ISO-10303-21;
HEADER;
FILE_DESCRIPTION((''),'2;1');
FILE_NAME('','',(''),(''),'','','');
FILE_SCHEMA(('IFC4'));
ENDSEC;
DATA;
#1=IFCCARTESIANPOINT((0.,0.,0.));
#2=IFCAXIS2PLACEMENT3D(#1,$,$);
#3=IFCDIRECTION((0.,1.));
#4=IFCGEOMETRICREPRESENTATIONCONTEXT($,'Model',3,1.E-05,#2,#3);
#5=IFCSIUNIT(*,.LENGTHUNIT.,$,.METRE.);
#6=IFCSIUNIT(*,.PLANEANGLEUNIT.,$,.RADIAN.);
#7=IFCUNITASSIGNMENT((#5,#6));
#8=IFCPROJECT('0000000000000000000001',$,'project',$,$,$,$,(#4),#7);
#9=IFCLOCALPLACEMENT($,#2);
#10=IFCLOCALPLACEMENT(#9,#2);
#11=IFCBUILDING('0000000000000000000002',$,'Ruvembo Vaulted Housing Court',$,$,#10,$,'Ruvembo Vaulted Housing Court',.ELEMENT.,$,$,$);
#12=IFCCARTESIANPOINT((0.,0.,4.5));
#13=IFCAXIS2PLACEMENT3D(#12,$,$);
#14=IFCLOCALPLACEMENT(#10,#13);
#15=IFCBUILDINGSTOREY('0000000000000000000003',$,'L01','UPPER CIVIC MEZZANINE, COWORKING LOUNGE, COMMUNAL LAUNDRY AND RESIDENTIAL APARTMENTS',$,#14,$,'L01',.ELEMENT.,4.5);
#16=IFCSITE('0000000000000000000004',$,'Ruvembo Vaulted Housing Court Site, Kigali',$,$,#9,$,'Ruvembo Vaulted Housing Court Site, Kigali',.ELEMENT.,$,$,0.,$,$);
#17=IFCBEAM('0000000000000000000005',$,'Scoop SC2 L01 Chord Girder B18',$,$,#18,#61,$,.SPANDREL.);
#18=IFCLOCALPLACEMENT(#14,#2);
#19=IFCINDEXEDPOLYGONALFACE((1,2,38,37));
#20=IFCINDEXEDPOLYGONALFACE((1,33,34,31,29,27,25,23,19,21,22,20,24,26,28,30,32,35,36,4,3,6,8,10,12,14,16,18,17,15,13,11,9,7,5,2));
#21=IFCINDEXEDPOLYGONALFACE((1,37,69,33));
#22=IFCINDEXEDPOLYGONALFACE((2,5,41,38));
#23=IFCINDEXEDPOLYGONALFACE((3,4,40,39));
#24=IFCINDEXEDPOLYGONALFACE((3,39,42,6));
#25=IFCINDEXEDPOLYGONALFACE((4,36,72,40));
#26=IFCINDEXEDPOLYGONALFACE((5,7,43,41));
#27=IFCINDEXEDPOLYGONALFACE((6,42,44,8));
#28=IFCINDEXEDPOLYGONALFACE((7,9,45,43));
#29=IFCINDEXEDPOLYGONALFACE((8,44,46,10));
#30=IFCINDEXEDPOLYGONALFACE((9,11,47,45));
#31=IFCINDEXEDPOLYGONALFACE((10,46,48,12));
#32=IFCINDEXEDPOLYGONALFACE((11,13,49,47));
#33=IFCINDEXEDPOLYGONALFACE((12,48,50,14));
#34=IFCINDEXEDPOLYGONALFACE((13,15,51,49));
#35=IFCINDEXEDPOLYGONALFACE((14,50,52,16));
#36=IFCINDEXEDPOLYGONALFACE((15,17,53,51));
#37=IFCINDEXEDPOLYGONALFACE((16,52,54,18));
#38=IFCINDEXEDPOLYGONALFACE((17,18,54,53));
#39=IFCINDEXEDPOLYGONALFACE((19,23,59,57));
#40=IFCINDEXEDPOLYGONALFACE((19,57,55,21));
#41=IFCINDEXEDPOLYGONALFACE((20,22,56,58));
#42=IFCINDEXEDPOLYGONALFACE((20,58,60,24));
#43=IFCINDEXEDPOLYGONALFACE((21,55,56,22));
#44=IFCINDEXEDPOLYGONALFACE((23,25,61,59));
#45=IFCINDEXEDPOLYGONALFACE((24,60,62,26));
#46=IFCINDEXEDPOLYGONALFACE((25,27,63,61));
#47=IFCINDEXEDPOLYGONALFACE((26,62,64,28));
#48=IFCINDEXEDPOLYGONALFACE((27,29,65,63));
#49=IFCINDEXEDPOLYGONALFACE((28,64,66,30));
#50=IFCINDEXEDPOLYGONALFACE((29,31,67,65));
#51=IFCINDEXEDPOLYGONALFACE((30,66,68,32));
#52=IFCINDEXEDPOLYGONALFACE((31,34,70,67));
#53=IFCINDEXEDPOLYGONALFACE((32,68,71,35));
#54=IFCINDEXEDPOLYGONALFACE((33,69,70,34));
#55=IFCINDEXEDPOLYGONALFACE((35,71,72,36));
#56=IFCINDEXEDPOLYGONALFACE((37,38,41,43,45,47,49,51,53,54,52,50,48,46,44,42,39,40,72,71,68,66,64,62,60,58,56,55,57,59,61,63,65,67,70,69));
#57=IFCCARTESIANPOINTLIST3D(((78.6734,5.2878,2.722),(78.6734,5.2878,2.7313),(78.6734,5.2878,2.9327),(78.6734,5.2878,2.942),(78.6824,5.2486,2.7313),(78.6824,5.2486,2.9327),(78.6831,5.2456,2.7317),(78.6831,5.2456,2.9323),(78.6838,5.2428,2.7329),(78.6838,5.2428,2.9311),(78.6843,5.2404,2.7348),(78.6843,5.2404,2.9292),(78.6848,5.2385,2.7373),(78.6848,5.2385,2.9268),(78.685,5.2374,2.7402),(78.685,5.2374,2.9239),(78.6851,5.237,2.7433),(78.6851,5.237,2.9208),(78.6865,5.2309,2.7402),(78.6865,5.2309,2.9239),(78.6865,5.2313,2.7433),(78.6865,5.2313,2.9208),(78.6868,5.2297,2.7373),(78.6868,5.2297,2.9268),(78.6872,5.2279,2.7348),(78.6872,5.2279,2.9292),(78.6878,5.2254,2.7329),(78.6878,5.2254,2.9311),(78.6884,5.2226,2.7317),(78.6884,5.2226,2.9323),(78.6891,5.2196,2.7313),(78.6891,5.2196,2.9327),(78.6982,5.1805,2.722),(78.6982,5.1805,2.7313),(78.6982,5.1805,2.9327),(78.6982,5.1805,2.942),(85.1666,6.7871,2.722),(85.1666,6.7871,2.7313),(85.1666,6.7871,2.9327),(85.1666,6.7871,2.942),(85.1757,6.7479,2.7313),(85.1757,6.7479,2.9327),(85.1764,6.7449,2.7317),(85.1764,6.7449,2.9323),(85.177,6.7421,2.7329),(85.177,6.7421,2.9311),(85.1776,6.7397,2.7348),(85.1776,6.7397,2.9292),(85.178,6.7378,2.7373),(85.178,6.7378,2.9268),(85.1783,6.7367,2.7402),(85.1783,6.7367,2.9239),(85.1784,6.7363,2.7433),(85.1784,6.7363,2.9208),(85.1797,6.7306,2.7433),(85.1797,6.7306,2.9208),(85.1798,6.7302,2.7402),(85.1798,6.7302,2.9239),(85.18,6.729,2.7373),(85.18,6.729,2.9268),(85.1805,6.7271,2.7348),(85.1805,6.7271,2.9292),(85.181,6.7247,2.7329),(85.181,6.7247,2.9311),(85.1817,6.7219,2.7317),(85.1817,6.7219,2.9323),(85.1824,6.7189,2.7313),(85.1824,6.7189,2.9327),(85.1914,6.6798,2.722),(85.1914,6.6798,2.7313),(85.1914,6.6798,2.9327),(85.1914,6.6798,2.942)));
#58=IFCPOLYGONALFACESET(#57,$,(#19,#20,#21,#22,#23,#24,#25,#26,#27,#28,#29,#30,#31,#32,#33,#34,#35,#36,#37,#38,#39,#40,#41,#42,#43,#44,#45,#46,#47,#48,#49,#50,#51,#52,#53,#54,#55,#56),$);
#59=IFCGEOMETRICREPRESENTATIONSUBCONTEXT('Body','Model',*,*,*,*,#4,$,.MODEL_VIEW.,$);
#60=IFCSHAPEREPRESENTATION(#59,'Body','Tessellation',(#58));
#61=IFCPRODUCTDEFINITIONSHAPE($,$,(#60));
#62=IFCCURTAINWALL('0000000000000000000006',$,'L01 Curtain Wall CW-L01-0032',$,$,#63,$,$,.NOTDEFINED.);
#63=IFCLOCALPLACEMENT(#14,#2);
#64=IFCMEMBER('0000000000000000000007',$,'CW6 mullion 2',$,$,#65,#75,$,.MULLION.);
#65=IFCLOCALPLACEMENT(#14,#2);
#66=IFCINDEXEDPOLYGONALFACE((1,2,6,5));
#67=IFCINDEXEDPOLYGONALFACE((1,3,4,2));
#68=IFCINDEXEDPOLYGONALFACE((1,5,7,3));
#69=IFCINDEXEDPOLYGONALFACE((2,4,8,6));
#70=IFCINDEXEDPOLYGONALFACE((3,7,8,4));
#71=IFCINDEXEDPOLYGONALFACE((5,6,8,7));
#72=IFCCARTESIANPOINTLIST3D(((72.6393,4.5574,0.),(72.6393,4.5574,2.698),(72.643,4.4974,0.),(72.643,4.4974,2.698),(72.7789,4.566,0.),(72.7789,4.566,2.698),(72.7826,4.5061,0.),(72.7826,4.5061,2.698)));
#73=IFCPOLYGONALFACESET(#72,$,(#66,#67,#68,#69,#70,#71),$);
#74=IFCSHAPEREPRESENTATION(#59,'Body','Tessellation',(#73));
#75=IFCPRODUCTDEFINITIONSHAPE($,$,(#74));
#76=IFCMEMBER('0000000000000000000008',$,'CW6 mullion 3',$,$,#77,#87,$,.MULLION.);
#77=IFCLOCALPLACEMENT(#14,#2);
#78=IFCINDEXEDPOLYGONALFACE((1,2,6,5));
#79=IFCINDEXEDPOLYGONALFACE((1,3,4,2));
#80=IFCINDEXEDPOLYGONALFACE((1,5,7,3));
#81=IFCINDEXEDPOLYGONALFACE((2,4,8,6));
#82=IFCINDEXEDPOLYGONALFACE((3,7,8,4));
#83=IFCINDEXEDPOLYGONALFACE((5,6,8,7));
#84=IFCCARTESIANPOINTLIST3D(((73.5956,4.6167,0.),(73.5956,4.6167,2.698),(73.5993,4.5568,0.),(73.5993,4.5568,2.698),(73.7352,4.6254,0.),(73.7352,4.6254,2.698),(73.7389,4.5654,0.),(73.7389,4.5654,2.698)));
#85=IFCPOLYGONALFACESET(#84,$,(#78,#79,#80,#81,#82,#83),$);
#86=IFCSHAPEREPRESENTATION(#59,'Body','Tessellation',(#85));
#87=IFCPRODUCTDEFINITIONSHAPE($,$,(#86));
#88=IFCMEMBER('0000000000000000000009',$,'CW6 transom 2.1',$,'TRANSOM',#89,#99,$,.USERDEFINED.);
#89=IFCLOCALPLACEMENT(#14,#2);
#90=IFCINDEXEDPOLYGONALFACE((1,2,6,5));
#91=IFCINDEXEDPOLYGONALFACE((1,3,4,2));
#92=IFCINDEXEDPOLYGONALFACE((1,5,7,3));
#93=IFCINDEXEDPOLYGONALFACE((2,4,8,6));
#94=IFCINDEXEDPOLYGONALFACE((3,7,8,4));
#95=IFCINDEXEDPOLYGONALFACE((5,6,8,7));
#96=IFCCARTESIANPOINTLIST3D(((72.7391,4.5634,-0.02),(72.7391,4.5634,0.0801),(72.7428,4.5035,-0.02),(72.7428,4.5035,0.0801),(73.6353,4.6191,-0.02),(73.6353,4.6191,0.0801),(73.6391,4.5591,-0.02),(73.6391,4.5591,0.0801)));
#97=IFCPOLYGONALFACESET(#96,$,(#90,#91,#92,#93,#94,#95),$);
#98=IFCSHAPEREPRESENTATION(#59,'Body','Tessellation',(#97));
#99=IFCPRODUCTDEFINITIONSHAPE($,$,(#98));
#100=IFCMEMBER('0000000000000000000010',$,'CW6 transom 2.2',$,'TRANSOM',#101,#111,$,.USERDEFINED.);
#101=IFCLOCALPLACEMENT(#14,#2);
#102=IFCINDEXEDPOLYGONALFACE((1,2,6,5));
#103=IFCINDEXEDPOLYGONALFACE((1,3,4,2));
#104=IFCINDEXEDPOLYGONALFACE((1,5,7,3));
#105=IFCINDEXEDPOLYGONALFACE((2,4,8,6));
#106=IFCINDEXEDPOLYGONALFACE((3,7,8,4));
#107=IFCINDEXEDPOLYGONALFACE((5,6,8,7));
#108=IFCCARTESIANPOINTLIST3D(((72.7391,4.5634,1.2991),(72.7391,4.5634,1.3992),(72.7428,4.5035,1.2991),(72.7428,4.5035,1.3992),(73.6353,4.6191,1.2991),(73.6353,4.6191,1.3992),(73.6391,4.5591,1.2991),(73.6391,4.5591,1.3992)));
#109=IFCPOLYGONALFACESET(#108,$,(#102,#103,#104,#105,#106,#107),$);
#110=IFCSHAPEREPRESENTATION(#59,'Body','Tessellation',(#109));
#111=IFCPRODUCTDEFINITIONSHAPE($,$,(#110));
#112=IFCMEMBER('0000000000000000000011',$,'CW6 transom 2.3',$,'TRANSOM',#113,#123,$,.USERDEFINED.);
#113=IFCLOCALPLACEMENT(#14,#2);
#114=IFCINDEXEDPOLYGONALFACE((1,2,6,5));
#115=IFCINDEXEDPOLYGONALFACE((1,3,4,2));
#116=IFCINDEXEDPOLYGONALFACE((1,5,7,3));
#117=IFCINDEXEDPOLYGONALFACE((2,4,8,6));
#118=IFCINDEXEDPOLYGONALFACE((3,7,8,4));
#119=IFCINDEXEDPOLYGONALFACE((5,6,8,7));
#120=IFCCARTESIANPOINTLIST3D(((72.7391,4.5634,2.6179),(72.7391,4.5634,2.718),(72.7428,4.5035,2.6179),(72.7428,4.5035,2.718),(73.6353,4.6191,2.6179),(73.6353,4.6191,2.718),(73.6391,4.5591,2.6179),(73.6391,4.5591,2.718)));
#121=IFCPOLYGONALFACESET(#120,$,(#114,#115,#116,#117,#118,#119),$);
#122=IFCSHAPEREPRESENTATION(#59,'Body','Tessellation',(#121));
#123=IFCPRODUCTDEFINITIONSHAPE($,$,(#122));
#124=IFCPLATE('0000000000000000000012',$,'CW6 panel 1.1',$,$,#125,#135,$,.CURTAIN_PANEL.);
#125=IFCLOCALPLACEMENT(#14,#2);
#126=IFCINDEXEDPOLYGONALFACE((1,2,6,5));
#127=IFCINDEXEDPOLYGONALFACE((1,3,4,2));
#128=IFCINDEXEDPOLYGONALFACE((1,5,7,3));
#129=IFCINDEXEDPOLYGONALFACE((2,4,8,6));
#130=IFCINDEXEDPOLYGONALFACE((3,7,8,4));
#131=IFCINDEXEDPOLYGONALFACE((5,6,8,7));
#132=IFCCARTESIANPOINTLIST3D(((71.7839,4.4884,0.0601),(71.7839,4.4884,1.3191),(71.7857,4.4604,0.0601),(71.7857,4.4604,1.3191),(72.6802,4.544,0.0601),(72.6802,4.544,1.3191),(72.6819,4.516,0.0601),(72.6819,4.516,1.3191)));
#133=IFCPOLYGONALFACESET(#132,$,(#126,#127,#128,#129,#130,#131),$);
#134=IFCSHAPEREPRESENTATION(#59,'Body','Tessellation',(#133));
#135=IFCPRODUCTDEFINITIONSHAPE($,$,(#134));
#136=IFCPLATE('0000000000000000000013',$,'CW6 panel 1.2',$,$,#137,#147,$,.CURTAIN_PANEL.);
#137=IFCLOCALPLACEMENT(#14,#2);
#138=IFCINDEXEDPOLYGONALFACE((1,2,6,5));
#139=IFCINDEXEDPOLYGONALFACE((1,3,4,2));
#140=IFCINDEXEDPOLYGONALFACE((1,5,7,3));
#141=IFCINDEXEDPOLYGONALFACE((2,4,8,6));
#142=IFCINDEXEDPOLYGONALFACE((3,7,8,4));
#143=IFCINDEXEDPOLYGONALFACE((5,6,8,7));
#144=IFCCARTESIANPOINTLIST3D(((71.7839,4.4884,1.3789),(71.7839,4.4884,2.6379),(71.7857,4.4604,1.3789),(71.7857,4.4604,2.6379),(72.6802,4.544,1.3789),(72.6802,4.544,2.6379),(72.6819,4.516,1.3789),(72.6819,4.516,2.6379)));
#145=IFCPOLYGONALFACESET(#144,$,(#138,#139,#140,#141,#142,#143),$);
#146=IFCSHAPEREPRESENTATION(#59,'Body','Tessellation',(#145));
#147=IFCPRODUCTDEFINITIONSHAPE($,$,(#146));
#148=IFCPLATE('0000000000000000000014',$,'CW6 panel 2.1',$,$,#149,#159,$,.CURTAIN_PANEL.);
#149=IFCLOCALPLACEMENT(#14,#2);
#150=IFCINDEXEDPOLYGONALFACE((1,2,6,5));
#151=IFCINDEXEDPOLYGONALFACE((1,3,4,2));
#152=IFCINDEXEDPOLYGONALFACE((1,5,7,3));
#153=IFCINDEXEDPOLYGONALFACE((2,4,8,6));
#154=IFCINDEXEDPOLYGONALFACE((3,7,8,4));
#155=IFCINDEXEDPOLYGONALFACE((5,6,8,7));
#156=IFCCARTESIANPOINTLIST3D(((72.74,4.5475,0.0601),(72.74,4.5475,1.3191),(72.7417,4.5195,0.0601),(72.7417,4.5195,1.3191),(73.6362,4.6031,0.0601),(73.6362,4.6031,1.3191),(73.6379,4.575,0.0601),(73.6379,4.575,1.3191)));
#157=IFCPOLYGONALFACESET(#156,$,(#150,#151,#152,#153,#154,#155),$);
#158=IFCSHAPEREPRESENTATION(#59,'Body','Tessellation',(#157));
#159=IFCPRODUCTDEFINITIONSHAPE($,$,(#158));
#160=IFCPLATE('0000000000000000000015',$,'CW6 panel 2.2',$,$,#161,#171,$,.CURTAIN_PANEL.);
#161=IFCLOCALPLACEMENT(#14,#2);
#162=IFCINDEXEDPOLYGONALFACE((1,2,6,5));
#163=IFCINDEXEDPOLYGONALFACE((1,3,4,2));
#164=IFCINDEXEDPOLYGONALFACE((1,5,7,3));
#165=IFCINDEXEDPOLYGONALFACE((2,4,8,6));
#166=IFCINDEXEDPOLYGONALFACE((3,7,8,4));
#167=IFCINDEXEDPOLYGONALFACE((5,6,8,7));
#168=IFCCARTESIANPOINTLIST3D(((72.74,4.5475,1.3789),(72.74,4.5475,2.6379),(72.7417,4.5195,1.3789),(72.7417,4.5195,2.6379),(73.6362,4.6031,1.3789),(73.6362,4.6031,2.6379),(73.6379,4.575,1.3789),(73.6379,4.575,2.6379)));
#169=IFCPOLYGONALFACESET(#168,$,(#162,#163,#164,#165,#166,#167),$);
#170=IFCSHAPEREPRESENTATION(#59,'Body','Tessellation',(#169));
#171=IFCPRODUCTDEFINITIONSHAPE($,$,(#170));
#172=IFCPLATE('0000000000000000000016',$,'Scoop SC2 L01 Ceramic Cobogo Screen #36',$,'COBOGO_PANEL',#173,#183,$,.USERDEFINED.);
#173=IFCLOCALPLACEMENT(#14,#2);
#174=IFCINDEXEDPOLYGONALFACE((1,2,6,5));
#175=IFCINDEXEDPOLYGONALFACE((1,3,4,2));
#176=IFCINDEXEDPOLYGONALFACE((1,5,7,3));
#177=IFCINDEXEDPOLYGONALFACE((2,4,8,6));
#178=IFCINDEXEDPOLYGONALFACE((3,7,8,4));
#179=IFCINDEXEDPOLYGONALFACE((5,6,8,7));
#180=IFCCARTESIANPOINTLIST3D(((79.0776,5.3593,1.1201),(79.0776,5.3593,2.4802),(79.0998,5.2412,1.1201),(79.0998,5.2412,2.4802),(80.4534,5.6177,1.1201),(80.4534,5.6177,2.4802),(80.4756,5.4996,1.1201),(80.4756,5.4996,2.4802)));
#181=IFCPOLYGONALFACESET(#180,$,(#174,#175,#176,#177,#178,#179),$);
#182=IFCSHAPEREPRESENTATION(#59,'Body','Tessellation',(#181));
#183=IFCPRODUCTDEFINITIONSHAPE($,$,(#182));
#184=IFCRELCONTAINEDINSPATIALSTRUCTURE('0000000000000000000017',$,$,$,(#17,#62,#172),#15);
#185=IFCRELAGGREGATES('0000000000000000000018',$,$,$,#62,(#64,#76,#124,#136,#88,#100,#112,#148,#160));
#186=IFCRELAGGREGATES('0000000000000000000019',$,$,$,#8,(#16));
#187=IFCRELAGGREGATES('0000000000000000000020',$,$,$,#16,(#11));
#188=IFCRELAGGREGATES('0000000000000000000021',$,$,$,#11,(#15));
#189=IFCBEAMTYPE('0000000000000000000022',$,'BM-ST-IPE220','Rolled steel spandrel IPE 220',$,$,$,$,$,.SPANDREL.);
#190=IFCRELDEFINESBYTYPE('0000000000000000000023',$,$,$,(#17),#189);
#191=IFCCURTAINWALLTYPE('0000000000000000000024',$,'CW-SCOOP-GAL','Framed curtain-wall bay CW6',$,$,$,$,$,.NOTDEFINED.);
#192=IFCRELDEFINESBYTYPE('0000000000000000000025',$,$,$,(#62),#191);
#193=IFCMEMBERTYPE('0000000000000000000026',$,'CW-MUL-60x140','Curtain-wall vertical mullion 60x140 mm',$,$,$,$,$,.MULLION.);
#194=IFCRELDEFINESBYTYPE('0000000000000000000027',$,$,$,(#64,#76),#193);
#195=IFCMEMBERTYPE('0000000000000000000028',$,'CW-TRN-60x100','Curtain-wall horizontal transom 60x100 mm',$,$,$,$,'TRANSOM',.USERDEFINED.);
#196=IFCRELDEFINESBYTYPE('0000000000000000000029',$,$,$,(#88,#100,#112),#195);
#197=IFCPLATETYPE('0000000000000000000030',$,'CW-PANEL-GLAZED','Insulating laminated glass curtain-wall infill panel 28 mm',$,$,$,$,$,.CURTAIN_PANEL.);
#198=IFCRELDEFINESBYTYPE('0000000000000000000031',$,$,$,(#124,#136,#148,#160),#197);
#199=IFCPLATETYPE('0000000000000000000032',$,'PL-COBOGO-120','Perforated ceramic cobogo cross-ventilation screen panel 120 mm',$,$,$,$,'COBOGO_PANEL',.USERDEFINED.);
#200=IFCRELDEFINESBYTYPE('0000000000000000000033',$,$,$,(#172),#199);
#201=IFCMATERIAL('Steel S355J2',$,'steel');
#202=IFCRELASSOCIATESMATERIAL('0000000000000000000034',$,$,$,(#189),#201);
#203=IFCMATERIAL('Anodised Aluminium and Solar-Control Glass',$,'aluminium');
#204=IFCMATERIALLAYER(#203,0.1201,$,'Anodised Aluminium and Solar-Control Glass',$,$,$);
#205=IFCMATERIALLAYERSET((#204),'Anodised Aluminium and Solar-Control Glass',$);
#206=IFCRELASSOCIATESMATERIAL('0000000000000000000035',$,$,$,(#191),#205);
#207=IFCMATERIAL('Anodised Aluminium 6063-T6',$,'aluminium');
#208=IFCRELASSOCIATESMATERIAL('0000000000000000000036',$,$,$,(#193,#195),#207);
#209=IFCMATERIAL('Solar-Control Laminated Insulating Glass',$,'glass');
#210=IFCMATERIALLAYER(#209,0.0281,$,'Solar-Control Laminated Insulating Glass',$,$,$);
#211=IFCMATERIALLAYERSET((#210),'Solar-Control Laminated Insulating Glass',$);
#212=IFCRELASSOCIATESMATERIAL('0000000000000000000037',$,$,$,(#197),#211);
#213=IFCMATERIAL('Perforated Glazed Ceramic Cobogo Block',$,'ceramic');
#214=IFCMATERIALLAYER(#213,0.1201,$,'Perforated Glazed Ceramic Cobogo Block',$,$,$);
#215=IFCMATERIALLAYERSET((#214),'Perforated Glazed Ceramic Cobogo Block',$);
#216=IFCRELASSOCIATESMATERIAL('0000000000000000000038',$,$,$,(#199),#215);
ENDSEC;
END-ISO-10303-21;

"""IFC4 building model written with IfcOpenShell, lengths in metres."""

from ifc_helpers import new_model, si_unit, direction, frame, origin, origin_2d, place, context, subcontext, project, spatial, rectangle, i_section, extrude, material, layer, layer_set, material_profile, profile_set, type_object, element, aggregate, save


model = new_model("IFC4")

# Units and contexts
model_context = context("Model", 3, precision=1e-05, world=origin(), true_north=direction((0.0, 1.0)))
body_context = subcontext(model_context, "Body", "Model", "MODEL_VIEW")
ifc_project = project(units=[si_unit("LENGTHUNIT", "METRE"), si_unit("PLANEANGLEUNIT", "RADIAN")], contexts=[model_context])

# Site, building, storey
site_placement = place(None, origin())
site = spatial("IfcSite", under=ifc_project, at=site_placement, Name="Ruvembo Vaulted Housing Court Site, Kigali", LongName="Ruvembo Vaulted Housing Court Site, Kigali", CompositionType="ELEMENT", RefElevation=0.0)
building_placement = place(site_placement, origin())
building = spatial("IfcBuilding", under=site, at=building_placement, Name="Ruvembo Vaulted Housing Court", LongName="Ruvembo Vaulted Housing Court", CompositionType="ELEMENT")
storey_placement = place(building_placement, frame((0.0, 0.0, 4.5)))
storey = spatial("IfcBuildingStorey", under=building, at=storey_placement, Name="L01", Description="UPPER CIVIC MEZZANINE, COWORKING LOUNGE, COMMUNAL LAUNDRY AND RESIDENTIAL APARTMENTS", LongName="L01", CompositionType="ELEMENT", Elevation=4.5)

# Beam
ifc_material_1 = material(Name="Steel S355J2", Category="steel")
ifc_material_profile_1 = material_profile(ifc_material_1, i_section(OverallWidth=0.1101, OverallDepth=0.22, WebThickness=0.0059, FlangeThickness=0.0093, FilletRadius=0.012, at=origin_2d()), Name="IPE 220")
ifc_profile_set_1 = profile_set([ifc_material_profile_1], Name="Steel S355J2")
beam_type_1 = type_object("IfcBeamType", Name="BM-ST-IPE220", Description="Rolled steel spandrel IPE 220", PredefinedType="SPANDREL", material=ifc_profile_set_1)
beam_1_placement = place(storey_placement, frame((78.6858, 5.2341, 2.832), z_axis=(0.974363, 0.22498, 0.0), x_axis=(-0.22498, 0.974363, 0.0)))
element("IfcBeam", 1, at=beam_1_placement, inside=storey, type_object=beam_type_1, Name="Scoop SC2 L01 Chord Girder B18", PredefinedType="SPANDREL", context=body_context, shape_type="SweptSolid", body=[
    extrude(i_section(OverallWidth=0.1101, OverallDepth=0.22, WebThickness=0.0059, FlangeThickness=0.0093, FilletRadius=0.012, at=origin_2d()), origin(), (0.0, 0.0, 1.0), 6.6641),
])

# Curtain wall, members, plates
ifc_material_2 = material(Name="Anodised Aluminium and Solar-Control Glass", Category="aluminium")
ifc_layer_1 = layer(ifc_material_2, 0.1201, Name="Anodised Aluminium and Solar-Control Glass")
ifc_layer_set_1 = layer_set([ifc_layer_1], Name="Anodised Aluminium and Solar-Control Glass")
curtain_wall_type = type_object("IfcCurtainWallType", Name="CW-SCOOP-GAL", Description="Framed curtain-wall bay CW6", PredefinedType="NOTDEFINED", material=ifc_layer_set_1)
curtain_wall_placement = place(storey_placement, origin())
curtain_wall = element("IfcCurtainWall", 2, at=curtain_wall_placement, inside=storey, type_object=curtain_wall_type, Name="L01 Curtain Wall CW-L01-0032", PredefinedType="NOTDEFINED")
ifc_material_3 = material(Name="Anodised Aluminium 6063-T6", Category="aluminium")
ifc_material_profile_2 = material_profile(ifc_material_3, rectangle(XDim=0.0601, YDim=0.1399, at=origin_2d()), Name="ALU 60x140")
ifc_profile_set_2 = profile_set([ifc_material_profile_2], Name="Anodised Aluminium 6063-T6")
member_type_1 = type_object("IfcMemberType", Name="CW-MUL-60x140", Description="Curtain-wall vertical mullion 60x140 mm", PredefinedType="MULLION", material=ifc_profile_set_2)
member_1_placement = place(storey_placement, frame((72.7109, 4.5317, 0.0), z_axis=(0.0, 0.0, 1.0), x_axis=(-0.06184, 0.998086, 0.0)))
member_1 = element("IfcMember", 3, at=member_1_placement, type_object=member_type_1, Name="CW6 mullion 2", PredefinedType="MULLION", context=body_context, shape_type="SweptSolid", body=[
    extrude(rectangle(XDim=0.0601, YDim=0.1399, at=origin_2d()), origin(), (0.0, 0.0, 1.0), 2.698),
])
member_2_placement = place(storey_placement, frame((73.6672, 4.5911, 0.0), z_axis=(0.0, 0.0, 1.0), x_axis=(-0.06184, 0.998086, 0.0)))
member_2 = element("IfcMember", 4, at=member_2_placement, type_object=member_type_1, Name="CW6 mullion 3", PredefinedType="MULLION", context=body_context, shape_type="SweptSolid", body=[
    extrude(rectangle(XDim=0.0601, YDim=0.1399, at=origin_2d()), origin(), (0.0, 0.0, 1.0), 2.698),
])
ifc_material_profile_3 = material_profile(ifc_material_3, rectangle(XDim=0.0601, YDim=0.1001, at=origin_2d()), Name="ALU 60x100")
ifc_profile_set_3 = profile_set([ifc_material_profile_3], Name="Anodised Aluminium 6063-T6")
member_type_2 = type_object("IfcMemberType", Name="CW-TRN-60x100", Description="Curtain-wall horizontal transom 60x100 mm", ElementType="TRANSOM", PredefinedType="USERDEFINED", material=ifc_profile_set_3)
member_3_placement = place(storey_placement, frame((72.741, 4.5334, 0.03), z_axis=(0.998077, 0.061989, 0.0), x_axis=(-0.061989, 0.998077, 0.0)))
member_3 = element("IfcMember", 5, at=member_3_placement, type_object=member_type_2, Name="CW6 transom 2.1", ObjectType="TRANSOM", PredefinedType="USERDEFINED", context=body_context, shape_type="SweptSolid", body=[
    extrude(rectangle(XDim=0.0601, YDim=0.1001, at=origin_2d()), origin(), (0.0, 0.0, 1.0), 0.8979),
])
member_4_placement = place(storey_placement, frame((72.741, 4.5334, 1.3491), z_axis=(0.998077, 0.061989, 0.0), x_axis=(-0.061989, 0.998077, 0.0)))
member_4 = element("IfcMember", 6, at=member_4_placement, type_object=member_type_2, Name="CW6 transom 2.2", ObjectType="TRANSOM", PredefinedType="USERDEFINED", context=body_context, shape_type="SweptSolid", body=[
    extrude(rectangle(XDim=0.0601, YDim=0.1001, at=origin_2d()), origin(), (0.0, 0.0, 1.0), 0.8979),
])
member_5_placement = place(storey_placement, frame((72.741, 4.5334, 2.668), z_axis=(0.998077, 0.061989, 0.0), x_axis=(-0.061989, 0.998077, 0.0)))
member_5 = element("IfcMember", 7, at=member_5_placement, type_object=member_type_2, Name="CW6 transom 2.3", ObjectType="TRANSOM", PredefinedType="USERDEFINED", context=body_context, shape_type="SweptSolid", body=[
    extrude(rectangle(XDim=0.0601, YDim=0.1001, at=origin_2d()), origin(), (0.0, 0.0, 1.0), 0.8979),
])
ifc_material_4 = material(Name="Solar-Control Laminated Insulating Glass", Category="glass")
ifc_layer_2 = layer(ifc_material_4, 0.0281, Name="Solar-Control Laminated Insulating Glass")
ifc_layer_set_2 = layer_set([ifc_layer_2], Name="Solar-Control Laminated Insulating Glass")
plate_type_1 = type_object("IfcPlateType", Name="CW-PANEL-GLAZED", Description="Insulating laminated glass curtain-wall infill panel 28 mm", PredefinedType="CURTAIN_PANEL", material=ifc_layer_set_2)
plate_1_placement = place(storey_placement, frame((72.2329, 4.5022, 0.0601), z_axis=(0.0, 0.0, 1.0), x_axis=(0.998086, 0.06184, 0.0)))
plate_1 = element("IfcPlate", 8, at=plate_1_placement, type_object=plate_type_1, Name="CW6 panel 1.1", PredefinedType="CURTAIN_PANEL", context=body_context, shape_type="SweptSolid", body=[
    extrude(rectangle(XDim=0.8979, YDim=0.0281, at=origin_2d()), origin(), (0.0, 0.0, 1.0), 1.259),
])
plate_2_placement = place(storey_placement, frame((72.2329, 4.5022, 1.3789), z_axis=(0.0, 0.0, 1.0), x_axis=(0.998086, 0.06184, 0.0)))
plate_2 = element("IfcPlate", 9, at=plate_2_placement, type_object=plate_type_1, Name="CW6 panel 1.2", PredefinedType="CURTAIN_PANEL", context=body_context, shape_type="SweptSolid", body=[
    extrude(rectangle(XDim=0.8979, YDim=0.0281, at=origin_2d()), origin(), (0.0, 0.0, 1.0), 1.259),
])
plate_3_placement = place(storey_placement, frame((73.189, 4.5613, 0.0601), z_axis=(0.0, 0.0, 1.0), x_axis=(0.998086, 0.06184, 0.0)))
plate_3 = element("IfcPlate", 10, at=plate_3_placement, type_object=plate_type_1, Name="CW6 panel 2.1", PredefinedType="CURTAIN_PANEL", context=body_context, shape_type="SweptSolid", body=[
    extrude(rectangle(XDim=0.8979, YDim=0.0281, at=origin_2d()), origin(), (0.0, 0.0, 1.0), 1.259),
])
plate_4_placement = place(storey_placement, frame((73.189, 4.5613, 1.3789), z_axis=(0.0, 0.0, 1.0), x_axis=(0.998086, 0.06184, 0.0)))
plate_4 = element("IfcPlate", 11, at=plate_4_placement, type_object=plate_type_1, Name="CW6 panel 2.2", PredefinedType="CURTAIN_PANEL", context=body_context, shape_type="SweptSolid", body=[
    extrude(rectangle(XDim=0.8979, YDim=0.0281, at=origin_2d()), origin(), (0.0, 0.0, 1.0), 1.259),
])
aggregate(curtain_wall, [member_1, member_2, plate_1, plate_2, member_3, member_4, member_5, plate_3, plate_4])

# Plate
ifc_material_5 = material(Name="Perforated Glazed Ceramic Cobogo Block", Category="ceramic")
ifc_layer_3 = layer(ifc_material_5, 0.1201, Name="Perforated Glazed Ceramic Cobogo Block")
ifc_layer_set_3 = layer_set([ifc_layer_3], Name="Perforated Glazed Ceramic Cobogo Block")
plate_type_2 = type_object("IfcPlateType", Name="PL-COBOGO-120", Description="Perforated ceramic cobogo cross-ventilation screen panel 120 mm", ElementType="COBOGO_PANEL", PredefinedType="USERDEFINED", material=ifc_layer_set_3)
plate_5_placement = place(storey_placement, frame((79.7766, 5.4294, 1.1201), z_axis=(0.0, 0.0, 1.0), x_axis=(0.982816, 0.184586, 0.0)))
element("IfcPlate", 12, at=plate_5_placement, inside=storey, type_object=plate_type_2, Name="Scoop SC2 L01 Ceramic Cobogo Screen #36", ObjectType="COBOGO_PANEL", PredefinedType="USERDEFINED", context=body_context, shape_type="SweptSolid", body=[
    extrude(rectangle(XDim=1.3999, YDim=0.1201, at=origin_2d()), origin(), (0.0, 0.0, 1.0), 1.3601),
])

save(model, "model.ifc")
